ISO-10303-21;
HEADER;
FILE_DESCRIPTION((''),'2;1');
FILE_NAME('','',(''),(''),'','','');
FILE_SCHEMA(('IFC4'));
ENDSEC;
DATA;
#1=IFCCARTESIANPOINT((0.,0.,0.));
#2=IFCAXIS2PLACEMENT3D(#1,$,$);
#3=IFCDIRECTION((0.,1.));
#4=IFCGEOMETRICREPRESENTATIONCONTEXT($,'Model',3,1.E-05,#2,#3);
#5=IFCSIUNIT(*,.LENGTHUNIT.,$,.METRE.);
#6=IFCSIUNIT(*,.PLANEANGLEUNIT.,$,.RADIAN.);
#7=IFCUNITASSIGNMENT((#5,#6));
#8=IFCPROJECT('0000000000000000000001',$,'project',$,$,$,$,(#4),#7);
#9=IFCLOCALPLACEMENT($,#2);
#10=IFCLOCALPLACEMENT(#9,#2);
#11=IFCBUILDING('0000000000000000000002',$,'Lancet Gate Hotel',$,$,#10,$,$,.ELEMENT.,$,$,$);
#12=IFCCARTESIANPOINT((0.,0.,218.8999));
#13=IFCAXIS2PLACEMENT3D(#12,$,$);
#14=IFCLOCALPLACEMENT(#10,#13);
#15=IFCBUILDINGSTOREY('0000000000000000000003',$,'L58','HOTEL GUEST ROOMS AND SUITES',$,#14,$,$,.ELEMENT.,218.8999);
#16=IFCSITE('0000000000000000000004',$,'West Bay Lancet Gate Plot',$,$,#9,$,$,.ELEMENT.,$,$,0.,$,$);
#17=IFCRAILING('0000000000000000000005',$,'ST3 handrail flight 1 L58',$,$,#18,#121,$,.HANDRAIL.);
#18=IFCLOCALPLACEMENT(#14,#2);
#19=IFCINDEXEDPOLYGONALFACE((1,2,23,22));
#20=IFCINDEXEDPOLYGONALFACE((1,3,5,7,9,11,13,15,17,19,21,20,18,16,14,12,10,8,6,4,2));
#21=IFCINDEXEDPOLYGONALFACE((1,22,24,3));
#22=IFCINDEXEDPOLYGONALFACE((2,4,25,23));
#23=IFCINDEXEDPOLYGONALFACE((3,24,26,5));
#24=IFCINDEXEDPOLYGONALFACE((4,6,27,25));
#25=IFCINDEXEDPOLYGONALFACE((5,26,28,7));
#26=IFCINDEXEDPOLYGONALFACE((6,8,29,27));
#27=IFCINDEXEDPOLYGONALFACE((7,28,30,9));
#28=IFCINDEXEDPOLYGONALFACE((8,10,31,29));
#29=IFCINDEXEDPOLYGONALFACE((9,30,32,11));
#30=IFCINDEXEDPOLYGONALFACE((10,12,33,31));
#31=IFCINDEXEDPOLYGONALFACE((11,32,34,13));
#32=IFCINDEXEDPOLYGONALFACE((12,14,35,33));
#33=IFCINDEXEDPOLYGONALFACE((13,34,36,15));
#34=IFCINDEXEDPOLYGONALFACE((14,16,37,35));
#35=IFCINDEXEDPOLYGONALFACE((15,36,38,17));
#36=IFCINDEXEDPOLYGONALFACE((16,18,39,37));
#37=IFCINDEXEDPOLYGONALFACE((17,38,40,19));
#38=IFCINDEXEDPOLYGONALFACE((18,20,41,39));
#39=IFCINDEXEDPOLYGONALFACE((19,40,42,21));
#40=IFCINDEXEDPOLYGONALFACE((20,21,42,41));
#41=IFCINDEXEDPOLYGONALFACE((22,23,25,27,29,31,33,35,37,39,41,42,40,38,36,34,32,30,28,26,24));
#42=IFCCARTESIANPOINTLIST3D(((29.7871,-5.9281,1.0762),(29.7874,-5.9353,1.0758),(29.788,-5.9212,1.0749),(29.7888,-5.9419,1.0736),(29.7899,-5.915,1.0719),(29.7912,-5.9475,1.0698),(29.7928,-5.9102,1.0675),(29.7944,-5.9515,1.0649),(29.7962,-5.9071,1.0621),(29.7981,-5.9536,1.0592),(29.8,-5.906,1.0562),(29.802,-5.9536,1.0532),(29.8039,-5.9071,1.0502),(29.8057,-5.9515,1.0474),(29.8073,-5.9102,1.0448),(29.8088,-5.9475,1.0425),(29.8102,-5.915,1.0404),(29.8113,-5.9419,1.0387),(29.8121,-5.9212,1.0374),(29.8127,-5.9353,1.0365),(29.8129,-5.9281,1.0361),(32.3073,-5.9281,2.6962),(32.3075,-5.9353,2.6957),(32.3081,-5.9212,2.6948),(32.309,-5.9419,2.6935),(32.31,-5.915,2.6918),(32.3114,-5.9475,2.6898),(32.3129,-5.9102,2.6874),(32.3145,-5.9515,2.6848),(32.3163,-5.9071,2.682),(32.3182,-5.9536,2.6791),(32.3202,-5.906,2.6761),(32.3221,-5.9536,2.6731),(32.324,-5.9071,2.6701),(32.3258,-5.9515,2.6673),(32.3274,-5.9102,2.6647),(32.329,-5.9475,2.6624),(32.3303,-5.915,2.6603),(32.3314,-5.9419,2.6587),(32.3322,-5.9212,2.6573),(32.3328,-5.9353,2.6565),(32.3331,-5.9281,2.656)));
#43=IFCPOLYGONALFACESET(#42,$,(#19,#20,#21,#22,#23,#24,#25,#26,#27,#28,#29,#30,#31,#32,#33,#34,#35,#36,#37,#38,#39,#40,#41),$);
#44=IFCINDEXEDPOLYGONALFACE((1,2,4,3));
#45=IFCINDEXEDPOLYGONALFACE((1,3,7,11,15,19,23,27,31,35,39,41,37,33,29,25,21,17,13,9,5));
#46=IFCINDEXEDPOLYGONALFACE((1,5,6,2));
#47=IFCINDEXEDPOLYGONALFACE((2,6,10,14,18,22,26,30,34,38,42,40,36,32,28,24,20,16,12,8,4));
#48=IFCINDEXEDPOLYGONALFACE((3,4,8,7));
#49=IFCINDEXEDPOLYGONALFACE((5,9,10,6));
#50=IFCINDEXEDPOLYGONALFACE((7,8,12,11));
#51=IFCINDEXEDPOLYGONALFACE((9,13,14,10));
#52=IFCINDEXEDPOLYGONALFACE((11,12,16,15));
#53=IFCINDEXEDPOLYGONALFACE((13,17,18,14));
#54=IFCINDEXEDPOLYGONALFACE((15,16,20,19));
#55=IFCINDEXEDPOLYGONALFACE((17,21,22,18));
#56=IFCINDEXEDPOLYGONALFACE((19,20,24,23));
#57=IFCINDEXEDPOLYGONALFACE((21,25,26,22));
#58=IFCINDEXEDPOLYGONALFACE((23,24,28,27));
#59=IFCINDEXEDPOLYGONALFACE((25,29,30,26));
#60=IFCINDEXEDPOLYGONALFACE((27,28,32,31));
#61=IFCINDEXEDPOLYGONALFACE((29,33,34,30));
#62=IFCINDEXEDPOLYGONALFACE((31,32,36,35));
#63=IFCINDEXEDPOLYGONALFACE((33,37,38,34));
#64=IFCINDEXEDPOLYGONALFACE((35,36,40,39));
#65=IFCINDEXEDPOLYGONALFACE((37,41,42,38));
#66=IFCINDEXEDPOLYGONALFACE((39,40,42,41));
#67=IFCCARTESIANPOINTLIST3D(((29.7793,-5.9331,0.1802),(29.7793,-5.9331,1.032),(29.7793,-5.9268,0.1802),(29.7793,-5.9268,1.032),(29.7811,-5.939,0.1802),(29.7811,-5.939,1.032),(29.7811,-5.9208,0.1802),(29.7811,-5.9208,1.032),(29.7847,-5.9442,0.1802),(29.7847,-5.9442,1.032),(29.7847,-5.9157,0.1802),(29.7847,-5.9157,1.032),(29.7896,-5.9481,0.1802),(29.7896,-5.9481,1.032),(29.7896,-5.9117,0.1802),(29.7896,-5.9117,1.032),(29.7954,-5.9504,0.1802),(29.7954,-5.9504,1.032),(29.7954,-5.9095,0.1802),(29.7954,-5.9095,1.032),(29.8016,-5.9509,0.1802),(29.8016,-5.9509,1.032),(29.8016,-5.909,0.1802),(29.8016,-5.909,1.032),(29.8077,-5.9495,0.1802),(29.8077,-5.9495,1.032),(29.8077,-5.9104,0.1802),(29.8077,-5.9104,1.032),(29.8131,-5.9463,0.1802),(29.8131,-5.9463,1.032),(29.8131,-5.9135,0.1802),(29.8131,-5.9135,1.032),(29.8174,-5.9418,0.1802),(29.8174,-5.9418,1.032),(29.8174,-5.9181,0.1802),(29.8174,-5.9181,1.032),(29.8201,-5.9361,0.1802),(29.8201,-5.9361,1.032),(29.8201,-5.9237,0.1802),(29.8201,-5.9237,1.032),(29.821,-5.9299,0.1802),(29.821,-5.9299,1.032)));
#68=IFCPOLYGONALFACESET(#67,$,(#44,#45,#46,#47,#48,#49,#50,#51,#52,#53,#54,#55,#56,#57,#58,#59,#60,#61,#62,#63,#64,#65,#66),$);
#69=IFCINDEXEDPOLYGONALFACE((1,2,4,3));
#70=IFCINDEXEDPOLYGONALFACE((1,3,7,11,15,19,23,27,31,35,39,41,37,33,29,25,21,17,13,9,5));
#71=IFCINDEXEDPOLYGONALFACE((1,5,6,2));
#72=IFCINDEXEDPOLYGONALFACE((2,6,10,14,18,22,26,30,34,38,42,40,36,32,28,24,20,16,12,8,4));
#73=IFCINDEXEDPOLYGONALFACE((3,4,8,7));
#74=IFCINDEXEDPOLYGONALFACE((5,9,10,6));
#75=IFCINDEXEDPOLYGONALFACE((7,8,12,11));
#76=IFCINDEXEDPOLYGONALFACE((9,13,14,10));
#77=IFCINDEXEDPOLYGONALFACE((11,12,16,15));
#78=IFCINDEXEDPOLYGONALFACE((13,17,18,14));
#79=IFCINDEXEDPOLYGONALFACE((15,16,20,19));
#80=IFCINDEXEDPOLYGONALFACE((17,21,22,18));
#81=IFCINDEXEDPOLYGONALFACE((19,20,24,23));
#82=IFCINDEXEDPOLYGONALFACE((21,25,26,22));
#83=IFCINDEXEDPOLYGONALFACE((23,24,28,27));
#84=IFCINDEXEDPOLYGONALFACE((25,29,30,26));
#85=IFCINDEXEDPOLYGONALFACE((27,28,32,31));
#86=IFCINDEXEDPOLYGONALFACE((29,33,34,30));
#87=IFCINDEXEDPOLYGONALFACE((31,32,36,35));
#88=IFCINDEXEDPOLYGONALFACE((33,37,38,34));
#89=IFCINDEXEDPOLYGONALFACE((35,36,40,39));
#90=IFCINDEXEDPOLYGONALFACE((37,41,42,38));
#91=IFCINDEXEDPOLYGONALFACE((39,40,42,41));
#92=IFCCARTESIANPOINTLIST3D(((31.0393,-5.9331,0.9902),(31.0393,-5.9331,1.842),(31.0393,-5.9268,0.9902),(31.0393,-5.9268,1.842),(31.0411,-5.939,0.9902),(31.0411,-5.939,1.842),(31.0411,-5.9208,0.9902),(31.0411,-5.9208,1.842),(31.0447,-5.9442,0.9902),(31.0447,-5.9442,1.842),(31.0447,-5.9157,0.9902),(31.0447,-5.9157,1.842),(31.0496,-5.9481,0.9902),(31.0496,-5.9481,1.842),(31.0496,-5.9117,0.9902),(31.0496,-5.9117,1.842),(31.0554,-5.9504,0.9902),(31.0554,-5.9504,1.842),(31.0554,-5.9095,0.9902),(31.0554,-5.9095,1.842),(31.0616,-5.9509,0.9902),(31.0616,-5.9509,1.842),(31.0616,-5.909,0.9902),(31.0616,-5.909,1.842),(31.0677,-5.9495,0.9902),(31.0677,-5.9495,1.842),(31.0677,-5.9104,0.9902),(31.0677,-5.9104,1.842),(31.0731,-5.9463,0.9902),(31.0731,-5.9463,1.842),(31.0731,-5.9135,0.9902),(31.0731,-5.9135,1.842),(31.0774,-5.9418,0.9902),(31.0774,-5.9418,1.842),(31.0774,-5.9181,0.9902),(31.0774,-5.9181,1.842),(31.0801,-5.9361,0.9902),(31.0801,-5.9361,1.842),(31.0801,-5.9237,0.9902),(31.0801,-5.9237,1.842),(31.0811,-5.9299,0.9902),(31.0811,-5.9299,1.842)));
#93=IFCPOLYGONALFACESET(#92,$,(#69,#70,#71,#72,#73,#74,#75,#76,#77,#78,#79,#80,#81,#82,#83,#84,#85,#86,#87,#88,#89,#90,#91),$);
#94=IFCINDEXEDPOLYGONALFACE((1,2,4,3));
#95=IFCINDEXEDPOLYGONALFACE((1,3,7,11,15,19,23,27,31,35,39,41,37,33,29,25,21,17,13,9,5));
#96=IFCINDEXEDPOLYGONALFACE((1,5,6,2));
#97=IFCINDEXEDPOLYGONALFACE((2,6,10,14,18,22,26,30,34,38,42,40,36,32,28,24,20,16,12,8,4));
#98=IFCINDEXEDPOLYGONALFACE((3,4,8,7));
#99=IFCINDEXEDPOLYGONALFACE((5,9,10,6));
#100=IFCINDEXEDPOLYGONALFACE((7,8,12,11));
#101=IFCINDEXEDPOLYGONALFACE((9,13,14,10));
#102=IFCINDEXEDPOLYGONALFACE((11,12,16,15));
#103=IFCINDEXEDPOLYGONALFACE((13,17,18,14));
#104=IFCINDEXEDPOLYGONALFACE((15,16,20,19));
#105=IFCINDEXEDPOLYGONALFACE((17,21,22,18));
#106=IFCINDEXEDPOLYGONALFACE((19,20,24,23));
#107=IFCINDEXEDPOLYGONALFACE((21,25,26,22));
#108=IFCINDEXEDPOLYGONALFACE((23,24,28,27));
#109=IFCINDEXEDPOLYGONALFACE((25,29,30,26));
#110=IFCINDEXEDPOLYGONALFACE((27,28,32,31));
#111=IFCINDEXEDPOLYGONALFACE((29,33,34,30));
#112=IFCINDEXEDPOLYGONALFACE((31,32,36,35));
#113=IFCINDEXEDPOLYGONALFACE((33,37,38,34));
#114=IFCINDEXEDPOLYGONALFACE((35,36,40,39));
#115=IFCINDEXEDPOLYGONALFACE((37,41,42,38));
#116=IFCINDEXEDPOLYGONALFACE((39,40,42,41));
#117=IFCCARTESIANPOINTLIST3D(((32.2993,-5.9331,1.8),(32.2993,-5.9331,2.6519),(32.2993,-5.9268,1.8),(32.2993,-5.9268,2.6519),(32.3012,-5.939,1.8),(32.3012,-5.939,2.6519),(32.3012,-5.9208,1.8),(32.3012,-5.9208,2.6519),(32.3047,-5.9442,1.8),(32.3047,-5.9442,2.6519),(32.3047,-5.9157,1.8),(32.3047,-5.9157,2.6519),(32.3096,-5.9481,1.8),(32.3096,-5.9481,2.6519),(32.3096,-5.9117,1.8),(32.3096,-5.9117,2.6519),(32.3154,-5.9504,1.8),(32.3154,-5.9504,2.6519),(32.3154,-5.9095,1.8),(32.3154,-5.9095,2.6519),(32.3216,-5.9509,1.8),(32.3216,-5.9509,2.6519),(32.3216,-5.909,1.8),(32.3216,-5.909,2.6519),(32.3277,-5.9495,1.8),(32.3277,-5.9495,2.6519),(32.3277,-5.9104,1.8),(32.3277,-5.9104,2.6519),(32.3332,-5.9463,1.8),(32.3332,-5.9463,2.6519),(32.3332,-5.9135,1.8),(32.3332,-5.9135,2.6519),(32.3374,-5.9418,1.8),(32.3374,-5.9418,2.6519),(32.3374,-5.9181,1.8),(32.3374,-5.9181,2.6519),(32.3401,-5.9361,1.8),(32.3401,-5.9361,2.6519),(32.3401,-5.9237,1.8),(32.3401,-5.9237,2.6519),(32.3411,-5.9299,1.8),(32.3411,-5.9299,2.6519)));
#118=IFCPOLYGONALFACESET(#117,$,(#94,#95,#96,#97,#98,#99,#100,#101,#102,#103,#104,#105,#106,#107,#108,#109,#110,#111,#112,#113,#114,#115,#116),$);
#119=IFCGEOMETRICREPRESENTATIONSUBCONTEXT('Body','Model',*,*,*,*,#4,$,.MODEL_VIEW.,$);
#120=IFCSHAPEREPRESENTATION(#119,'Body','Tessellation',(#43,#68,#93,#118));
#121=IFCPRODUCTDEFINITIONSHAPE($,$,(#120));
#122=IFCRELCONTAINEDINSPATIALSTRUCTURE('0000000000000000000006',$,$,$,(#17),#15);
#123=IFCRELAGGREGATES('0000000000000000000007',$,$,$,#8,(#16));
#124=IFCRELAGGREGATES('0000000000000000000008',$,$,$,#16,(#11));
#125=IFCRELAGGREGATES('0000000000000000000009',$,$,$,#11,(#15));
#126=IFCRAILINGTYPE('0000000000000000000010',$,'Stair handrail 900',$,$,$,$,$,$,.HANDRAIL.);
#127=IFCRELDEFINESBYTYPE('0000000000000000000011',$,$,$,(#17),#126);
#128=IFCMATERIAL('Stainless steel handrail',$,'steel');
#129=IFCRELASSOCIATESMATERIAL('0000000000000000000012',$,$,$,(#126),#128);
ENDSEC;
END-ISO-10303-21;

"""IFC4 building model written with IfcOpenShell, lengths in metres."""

from ifc_helpers import new_model, si_unit, direction, frame, origin, origin_2d, place, context, subcontext, project, spatial, circle, extrude, material, type_object, element, save


model = new_model("IFC4")

# Units and contexts
model_context = context("Model", 3, precision=1e-05, world=origin(), true_north=direction((0.0, 1.0)))
body_context = subcontext(model_context, "Body", "Model", "MODEL_VIEW")
ifc_project = project(units=[si_unit("LENGTHUNIT", "METRE"), si_unit("PLANEANGLEUNIT", "RADIAN")], contexts=[model_context])

# Site, building, storey
site_placement = place(None, origin())
site = spatial("IfcSite", under=ifc_project, at=site_placement, Name="West Bay Lancet Gate Plot", CompositionType="ELEMENT", RefElevation=0.0)
building_placement = place(site_placement, origin())
building = spatial("IfcBuilding", under=site, at=building_placement, Name="Lancet Gate Hotel", CompositionType="ELEMENT")
storey_placement = place(building_placement, frame((0.0, 0.0, 218.8999)))
storey = spatial("IfcBuildingStorey", under=building, at=storey_placement, Name="L58", Description="HOTEL GUEST ROOMS AND SUITES", CompositionType="ELEMENT", Elevation=218.8999)

# Railing
ifc_material_1 = material(Name="Stainless steel handrail", Category="steel")
railing_type = type_object("IfcRailingType", Name="Stair handrail 900", PredefinedType="HANDRAIL", material=ifc_material_1)
railing_1_placement = place(storey_placement, frame((29.8, -5.9299, 0.1802)))
element("IfcRailing", 1, at=railing_1_placement, inside=storey, type_object=railing_type, Name="ST3 handrail flight 1 L58", PredefinedType="HANDRAIL", context=body_context, shape_type="SweptSolid", body=[
    extrude(circle(Radius=0.0239, at=origin_2d()), frame((0.0, 0.0, 0.876), z_axis=(0.8412, 0.0, 0.540725), x_axis=(0.0, 1.0, 0.0)), (0.0, 0.0, 1.0), 2.9958),
    extrude(circle(Radius=0.021, at=origin_2d()), origin(), (0.0, 0.0, 1.0), 0.8518),
    extrude(circle(Radius=0.021, at=origin_2d()), frame((1.26, 0.0, 0.8101)), (0.0, 0.0, 1.0), 0.8518),
    extrude(circle(Radius=0.021, at=origin_2d()), frame((2.52, 0.0, 1.6199)), (0.0, 0.0, 1.0), 0.8518),
])

save(model, "model.ifc")
